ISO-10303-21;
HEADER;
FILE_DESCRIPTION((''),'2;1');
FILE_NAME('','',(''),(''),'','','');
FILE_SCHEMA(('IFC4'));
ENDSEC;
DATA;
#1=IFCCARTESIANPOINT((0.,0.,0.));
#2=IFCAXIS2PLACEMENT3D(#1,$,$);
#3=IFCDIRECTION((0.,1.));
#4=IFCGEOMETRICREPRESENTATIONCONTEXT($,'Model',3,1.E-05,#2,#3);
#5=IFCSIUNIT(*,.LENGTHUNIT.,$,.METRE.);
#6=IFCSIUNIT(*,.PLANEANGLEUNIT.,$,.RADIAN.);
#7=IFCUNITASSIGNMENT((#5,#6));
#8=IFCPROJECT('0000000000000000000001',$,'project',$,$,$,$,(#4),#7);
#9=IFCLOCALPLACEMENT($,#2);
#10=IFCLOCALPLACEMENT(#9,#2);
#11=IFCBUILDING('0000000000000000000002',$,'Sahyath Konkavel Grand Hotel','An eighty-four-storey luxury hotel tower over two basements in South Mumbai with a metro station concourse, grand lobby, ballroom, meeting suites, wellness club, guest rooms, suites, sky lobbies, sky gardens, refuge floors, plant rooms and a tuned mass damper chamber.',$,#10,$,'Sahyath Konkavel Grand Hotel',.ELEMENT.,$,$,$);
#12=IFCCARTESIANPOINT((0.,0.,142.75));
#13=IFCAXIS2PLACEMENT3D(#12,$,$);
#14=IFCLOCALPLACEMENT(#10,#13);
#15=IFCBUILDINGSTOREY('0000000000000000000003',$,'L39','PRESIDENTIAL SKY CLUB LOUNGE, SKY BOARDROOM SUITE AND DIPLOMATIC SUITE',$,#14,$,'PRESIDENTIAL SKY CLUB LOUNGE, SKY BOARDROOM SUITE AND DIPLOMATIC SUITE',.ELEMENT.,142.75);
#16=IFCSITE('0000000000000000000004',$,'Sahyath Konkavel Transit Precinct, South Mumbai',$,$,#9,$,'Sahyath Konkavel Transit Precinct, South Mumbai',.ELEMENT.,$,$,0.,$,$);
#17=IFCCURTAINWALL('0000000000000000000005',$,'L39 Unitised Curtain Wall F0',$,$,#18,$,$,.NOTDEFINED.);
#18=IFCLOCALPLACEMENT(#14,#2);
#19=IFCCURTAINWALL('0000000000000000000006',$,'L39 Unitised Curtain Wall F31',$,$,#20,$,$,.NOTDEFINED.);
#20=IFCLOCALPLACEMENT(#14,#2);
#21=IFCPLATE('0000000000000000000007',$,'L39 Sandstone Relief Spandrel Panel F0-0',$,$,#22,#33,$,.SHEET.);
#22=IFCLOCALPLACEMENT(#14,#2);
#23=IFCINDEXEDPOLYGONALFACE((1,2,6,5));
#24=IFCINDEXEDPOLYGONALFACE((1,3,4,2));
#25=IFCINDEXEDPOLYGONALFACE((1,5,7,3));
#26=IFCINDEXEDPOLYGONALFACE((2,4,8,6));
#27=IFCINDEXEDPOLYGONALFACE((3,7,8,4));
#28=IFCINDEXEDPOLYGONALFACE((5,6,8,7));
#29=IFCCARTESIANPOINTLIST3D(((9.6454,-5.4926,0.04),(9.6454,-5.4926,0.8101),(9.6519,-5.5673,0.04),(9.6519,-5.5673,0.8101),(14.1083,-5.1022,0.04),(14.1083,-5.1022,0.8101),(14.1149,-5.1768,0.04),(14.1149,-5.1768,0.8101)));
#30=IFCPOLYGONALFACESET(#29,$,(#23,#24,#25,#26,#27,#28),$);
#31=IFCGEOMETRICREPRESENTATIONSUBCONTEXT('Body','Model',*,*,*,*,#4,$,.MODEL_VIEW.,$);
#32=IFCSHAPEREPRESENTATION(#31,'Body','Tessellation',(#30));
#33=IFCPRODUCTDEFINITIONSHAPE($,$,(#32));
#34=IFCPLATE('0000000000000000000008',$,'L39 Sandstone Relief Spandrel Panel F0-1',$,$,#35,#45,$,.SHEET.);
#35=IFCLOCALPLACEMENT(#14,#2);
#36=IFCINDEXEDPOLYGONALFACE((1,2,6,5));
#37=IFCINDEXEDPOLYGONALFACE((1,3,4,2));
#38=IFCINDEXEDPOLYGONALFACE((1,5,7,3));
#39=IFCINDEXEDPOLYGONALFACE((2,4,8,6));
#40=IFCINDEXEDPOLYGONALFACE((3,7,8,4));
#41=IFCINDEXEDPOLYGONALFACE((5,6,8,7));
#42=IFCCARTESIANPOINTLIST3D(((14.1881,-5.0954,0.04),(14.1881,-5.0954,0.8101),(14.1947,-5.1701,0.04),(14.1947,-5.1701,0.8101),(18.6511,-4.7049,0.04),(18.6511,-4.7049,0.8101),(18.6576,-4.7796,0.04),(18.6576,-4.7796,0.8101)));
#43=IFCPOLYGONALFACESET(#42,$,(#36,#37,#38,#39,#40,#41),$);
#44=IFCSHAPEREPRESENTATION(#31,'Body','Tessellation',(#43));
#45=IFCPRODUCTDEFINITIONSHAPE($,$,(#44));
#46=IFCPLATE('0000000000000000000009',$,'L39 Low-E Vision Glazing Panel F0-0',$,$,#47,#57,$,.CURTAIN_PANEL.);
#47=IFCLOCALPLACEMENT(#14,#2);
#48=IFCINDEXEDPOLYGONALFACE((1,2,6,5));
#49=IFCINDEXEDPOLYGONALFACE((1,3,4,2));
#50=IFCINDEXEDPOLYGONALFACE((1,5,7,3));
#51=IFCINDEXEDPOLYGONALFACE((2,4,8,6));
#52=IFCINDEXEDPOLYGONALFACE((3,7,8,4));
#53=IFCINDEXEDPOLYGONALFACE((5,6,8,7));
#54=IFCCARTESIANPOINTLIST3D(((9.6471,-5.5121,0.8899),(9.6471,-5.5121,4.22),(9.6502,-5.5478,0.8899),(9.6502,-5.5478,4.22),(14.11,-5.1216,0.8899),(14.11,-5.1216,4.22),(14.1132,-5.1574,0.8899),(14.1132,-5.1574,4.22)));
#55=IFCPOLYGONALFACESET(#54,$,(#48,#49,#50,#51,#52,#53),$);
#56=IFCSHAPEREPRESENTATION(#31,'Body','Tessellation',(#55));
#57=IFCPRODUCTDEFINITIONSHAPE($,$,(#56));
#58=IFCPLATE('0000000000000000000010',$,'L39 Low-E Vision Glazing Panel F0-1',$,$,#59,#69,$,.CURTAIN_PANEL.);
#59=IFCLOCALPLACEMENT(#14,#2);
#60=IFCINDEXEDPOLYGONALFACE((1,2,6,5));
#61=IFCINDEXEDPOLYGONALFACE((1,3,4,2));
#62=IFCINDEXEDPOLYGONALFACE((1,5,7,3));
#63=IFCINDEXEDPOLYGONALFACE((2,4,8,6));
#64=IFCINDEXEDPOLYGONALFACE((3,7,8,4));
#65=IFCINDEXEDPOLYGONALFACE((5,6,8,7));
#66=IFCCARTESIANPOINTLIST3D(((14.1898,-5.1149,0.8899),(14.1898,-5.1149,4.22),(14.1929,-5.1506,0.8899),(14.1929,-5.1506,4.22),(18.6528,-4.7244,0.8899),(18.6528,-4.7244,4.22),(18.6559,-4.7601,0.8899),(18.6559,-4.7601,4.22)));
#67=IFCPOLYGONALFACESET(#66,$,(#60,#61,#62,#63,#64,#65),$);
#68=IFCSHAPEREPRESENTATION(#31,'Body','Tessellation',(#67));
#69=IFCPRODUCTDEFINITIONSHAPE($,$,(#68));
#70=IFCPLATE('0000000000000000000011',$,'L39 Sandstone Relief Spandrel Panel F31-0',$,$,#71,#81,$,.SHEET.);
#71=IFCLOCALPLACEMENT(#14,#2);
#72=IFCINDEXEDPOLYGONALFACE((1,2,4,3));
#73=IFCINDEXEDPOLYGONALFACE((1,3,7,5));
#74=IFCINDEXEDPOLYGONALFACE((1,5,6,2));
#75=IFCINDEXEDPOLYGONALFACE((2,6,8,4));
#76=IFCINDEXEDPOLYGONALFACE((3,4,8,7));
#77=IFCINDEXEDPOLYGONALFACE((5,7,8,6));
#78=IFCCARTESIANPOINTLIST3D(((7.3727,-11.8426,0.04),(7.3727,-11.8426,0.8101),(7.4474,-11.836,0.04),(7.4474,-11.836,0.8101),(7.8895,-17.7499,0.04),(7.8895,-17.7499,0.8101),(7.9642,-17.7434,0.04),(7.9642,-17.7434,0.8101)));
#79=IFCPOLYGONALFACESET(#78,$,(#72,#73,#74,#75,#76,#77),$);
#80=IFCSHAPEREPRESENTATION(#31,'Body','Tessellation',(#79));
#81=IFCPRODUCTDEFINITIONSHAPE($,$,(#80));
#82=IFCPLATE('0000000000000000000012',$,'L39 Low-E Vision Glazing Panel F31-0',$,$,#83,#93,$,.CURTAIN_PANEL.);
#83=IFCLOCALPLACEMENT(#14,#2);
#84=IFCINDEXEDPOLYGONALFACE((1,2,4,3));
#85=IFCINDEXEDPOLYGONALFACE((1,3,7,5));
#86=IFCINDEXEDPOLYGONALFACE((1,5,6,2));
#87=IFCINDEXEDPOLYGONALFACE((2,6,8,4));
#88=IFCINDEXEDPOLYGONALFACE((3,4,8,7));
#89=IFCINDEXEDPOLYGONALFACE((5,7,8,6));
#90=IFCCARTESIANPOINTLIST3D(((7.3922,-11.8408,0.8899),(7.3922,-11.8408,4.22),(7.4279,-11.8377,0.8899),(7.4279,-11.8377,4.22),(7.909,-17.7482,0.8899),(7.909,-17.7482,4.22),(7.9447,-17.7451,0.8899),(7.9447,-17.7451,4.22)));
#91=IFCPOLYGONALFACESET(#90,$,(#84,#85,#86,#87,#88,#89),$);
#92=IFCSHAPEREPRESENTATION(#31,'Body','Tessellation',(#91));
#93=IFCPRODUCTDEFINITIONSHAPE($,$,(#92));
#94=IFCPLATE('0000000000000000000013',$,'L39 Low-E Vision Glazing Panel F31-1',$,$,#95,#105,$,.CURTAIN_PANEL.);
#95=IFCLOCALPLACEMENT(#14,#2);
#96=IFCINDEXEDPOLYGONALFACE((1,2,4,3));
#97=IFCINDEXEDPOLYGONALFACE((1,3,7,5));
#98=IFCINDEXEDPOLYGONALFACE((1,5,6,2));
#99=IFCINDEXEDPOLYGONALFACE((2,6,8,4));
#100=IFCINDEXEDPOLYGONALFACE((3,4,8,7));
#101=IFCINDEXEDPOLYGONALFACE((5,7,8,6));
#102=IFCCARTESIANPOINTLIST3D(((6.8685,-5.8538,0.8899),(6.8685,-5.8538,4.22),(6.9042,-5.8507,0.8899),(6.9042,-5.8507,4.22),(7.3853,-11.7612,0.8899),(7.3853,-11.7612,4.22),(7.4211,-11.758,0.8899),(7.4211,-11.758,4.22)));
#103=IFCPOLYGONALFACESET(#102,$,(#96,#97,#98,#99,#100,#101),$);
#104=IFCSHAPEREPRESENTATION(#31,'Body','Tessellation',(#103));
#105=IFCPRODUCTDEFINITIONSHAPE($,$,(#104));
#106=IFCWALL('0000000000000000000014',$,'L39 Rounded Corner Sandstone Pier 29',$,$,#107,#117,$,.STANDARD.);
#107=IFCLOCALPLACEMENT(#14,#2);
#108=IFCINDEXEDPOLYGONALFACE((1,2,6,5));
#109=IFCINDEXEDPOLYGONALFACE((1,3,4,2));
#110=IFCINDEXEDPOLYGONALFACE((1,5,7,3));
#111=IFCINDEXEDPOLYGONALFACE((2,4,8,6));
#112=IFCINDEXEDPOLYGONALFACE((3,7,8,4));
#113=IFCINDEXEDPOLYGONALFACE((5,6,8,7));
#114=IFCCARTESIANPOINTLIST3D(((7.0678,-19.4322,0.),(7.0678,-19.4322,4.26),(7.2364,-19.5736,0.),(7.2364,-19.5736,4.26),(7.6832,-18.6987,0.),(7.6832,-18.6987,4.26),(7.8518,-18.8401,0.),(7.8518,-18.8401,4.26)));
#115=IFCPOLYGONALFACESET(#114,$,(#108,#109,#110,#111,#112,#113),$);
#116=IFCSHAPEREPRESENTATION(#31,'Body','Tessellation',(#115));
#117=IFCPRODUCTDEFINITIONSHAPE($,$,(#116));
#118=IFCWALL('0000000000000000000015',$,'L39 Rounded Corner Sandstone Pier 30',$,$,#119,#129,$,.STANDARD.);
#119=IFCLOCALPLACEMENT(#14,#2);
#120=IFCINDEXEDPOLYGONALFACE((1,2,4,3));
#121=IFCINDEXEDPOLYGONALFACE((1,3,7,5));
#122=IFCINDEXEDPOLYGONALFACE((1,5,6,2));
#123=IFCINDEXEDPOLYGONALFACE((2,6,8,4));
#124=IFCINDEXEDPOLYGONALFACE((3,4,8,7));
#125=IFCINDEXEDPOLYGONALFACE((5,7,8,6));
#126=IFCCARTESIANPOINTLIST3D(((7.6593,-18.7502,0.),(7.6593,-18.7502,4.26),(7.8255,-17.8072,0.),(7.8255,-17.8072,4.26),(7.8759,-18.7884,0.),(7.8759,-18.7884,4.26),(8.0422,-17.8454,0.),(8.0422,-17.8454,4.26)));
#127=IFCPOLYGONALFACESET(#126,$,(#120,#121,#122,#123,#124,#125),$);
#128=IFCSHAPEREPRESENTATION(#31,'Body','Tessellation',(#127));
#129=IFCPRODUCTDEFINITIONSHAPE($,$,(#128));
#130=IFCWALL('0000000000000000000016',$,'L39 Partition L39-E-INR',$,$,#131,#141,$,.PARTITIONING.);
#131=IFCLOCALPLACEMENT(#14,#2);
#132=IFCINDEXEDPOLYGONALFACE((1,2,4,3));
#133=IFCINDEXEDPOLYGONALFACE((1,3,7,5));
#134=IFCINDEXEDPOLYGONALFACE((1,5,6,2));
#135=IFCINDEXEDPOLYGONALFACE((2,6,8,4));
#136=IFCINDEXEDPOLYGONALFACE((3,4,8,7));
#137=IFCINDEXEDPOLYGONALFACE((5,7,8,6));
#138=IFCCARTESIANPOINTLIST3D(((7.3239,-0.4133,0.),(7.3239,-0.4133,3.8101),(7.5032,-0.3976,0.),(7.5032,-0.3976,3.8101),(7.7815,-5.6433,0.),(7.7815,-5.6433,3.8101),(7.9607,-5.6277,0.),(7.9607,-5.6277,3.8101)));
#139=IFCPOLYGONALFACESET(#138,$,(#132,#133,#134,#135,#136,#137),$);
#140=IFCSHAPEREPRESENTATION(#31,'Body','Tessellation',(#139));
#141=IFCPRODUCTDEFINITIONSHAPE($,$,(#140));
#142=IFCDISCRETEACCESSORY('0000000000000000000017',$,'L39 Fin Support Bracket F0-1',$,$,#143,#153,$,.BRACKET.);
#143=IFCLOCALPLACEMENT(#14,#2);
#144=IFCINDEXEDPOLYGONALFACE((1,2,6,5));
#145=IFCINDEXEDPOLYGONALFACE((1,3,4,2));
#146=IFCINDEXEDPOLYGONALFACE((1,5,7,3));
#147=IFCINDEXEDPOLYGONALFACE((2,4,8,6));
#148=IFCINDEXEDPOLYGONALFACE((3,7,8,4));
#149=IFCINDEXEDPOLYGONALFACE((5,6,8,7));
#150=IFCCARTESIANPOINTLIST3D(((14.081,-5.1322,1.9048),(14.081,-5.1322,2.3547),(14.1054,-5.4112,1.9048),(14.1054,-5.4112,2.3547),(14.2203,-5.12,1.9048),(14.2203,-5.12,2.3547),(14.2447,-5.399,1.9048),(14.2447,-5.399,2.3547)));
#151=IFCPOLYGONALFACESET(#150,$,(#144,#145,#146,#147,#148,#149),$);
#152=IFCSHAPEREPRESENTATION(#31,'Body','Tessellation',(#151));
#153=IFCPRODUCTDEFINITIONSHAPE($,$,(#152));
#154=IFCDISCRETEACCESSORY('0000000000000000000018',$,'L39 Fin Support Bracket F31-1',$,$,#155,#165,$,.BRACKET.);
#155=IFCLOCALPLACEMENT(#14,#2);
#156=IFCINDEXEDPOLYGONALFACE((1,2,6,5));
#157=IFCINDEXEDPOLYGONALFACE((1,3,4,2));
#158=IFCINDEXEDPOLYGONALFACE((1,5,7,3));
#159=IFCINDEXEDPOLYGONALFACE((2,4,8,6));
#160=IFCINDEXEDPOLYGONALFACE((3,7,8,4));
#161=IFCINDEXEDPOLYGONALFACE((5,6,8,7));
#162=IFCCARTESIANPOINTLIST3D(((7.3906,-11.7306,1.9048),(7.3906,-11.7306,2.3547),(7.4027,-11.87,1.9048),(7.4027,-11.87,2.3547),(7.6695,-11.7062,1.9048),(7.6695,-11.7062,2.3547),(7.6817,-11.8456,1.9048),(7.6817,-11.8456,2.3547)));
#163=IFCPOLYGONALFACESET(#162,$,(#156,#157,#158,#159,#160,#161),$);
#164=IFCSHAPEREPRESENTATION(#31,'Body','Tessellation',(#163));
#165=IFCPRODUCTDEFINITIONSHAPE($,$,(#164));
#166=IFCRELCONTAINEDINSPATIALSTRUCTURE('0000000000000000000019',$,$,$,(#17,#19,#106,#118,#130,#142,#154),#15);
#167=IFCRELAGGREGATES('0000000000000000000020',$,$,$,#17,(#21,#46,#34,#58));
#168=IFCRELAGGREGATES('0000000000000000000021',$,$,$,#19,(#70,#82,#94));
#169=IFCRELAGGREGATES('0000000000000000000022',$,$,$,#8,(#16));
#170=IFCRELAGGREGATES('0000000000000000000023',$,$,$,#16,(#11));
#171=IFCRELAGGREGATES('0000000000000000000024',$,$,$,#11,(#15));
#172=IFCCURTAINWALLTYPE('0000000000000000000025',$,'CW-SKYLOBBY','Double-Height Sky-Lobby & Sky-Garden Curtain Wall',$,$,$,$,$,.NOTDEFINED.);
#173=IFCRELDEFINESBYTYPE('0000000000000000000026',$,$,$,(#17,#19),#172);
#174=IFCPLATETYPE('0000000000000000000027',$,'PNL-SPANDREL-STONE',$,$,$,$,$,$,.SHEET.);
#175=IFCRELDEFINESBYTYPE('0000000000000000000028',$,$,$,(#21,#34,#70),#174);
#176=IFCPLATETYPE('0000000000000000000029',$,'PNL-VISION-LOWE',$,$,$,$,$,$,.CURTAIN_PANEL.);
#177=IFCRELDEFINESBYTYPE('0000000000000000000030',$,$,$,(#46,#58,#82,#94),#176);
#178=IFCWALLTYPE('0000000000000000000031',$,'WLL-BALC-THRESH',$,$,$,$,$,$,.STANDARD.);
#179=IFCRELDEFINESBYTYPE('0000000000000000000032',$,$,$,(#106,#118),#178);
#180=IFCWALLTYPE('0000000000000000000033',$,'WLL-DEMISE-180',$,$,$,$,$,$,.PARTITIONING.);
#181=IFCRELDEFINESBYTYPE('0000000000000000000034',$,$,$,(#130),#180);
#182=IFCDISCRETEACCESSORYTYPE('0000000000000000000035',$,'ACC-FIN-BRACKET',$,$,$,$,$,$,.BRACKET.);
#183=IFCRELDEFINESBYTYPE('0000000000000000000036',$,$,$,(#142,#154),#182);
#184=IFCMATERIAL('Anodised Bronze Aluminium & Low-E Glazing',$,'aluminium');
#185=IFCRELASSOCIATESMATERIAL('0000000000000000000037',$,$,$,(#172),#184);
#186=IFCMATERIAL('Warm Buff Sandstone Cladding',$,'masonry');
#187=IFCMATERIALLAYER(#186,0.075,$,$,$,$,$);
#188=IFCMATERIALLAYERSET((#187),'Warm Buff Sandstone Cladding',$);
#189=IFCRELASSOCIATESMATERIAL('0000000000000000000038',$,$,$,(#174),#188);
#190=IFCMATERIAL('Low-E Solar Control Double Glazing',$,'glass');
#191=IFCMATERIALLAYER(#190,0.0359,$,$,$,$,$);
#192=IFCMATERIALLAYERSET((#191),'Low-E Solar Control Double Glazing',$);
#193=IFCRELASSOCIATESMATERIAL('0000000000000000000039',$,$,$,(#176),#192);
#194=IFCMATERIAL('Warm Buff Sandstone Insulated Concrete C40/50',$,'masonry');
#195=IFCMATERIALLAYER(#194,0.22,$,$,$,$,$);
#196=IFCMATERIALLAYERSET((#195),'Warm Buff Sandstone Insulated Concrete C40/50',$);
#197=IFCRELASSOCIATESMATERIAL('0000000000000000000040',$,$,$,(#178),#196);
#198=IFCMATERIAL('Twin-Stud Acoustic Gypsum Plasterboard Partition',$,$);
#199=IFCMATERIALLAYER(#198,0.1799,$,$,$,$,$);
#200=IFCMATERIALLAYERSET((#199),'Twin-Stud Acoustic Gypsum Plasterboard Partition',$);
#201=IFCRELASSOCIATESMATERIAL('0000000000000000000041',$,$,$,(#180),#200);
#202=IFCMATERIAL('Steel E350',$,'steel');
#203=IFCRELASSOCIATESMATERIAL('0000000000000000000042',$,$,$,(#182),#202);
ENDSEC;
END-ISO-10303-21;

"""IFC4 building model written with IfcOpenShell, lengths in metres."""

from ifc_helpers import new_model, si_unit, direction, frame, frame_2d, origin, origin_2d, place, context, subcontext, project, spatial, rectangle, extrude, source, transform, mapped, material, layer, layer_set, type_object, element, aggregate, save


model = new_model("IFC4")

# Units and contexts
model_context = context("Model", 3, precision=1e-05, world=origin(), true_north=direction((0.0, 1.0)))
body_context = subcontext(model_context, "Body", "Model", "MODEL_VIEW")
ifc_project = project(units=[si_unit("LENGTHUNIT", "METRE"), si_unit("PLANEANGLEUNIT", "RADIAN")], contexts=[model_context])

# Site, building, storey
site_placement = place(None, origin())
site = spatial("IfcSite", under=ifc_project, at=site_placement, Name="Sahyath Konkavel Transit Precinct, South Mumbai", LongName="Sahyath Konkavel Transit Precinct, South Mumbai", CompositionType="ELEMENT", RefElevation=0.0)
building_placement = place(site_placement, origin())
building = spatial("IfcBuilding", under=site, at=building_placement, Name="Sahyath Konkavel Grand Hotel", Description="An eighty-four-storey luxury hotel tower over two basements in South Mumbai with a metro station concourse, grand lobby, ballroom, meeting suites, wellness club, guest rooms, suites, sky lobbies, sky gardens, refuge floors, plant rooms and a tuned mass damper chamber.", LongName="Sahyath Konkavel Grand Hotel", CompositionType="ELEMENT")
storey_placement = place(building_placement, frame((0.0, 0.0, 142.75)))
storey = spatial("IfcBuildingStorey", under=building, at=storey_placement, Name="L39", Description="PRESIDENTIAL SKY CLUB LOUNGE, SKY BOARDROOM SUITE AND DIPLOMATIC SUITE", LongName="PRESIDENTIAL SKY CLUB LOUNGE, SKY BOARDROOM SUITE AND DIPLOMATIC SUITE", CompositionType="ELEMENT", Elevation=142.75)

# Curtain walls
ifc_material_1 = material(Name="Anodised Bronze Aluminium & Low-E Glazing", Category="aluminium")
curtain_wall_type = type_object("IfcCurtainWallType", Name="CW-SKYLOBBY", Description="Double-Height Sky-Lobby & Sky-Garden Curtain Wall", PredefinedType="NOTDEFINED", material=ifc_material_1)
curtain_wall_1_placement = place(storey_placement, origin())
curtain_wall_1 = element("IfcCurtainWall", 1, at=curtain_wall_1_placement, inside=storey, type_object=curtain_wall_type, Name="L39 Unitised Curtain Wall F0", PredefinedType="NOTDEFINED")
curtain_wall_2_placement = place(storey_placement, origin())
curtain_wall_2 = element("IfcCurtainWall", 2, at=curtain_wall_2_placement, inside=storey, type_object=curtain_wall_type, Name="L39 Unitised Curtain Wall F31", PredefinedType="NOTDEFINED")

# Plates
ifc_material_2 = material(Name="Warm Buff Sandstone Cladding", Category="masonry")
ifc_layer_1 = layer(ifc_material_2, 0.075)
ifc_layer_set_1 = layer_set([ifc_layer_1], Name="Warm Buff Sandstone Cladding")
plate_type_1 = type_object("IfcPlateType", Name="PNL-SPANDREL-STONE", PredefinedType="SHEET", material=ifc_layer_set_1)
shared_shape_1 = source(origin(), body_context, "Body", "SweptSolid", [
    extrude(rectangle(XDim=4.48, YDim=0.075, at=origin_2d()), origin(), (0.0, 0.0, 1.0), 0.77),
])
plate_1_placement = place(storey_placement, frame((11.8801, -5.3347, 0.04), z_axis=(0.0, 0.0, 1.0), x_axis=(0.996195, 0.087156, 0.0)))
plate_1 = element("IfcPlate", 3, at=plate_1_placement, type_object=plate_type_1, Name="L39 Sandstone Relief Spandrel Panel F0-0", PredefinedType="SHEET", context=body_context, shape_type="MappedRepresentation", body=[
    mapped(shared_shape_1, transform((0.0, 0.0, 0.0), scale=1.0)),
])
plate_2_placement = place(storey_placement, frame((16.4229, -4.9375, 0.04), z_axis=(0.0, 0.0, 1.0), x_axis=(0.996195, 0.087156, 0.0)))
plate_2 = element("IfcPlate", 4, at=plate_2_placement, type_object=plate_type_1, Name="L39 Sandstone Relief Spandrel Panel F0-1", PredefinedType="SHEET", context=body_context, shape_type="MappedRepresentation", body=[
    mapped(shared_shape_1, transform((0.0, 0.0, 0.0), scale=1.0)),
])
ifc_material_3 = material(Name="Low-E Solar Control Double Glazing", Category="glass")
ifc_layer_2 = layer(ifc_material_3, 0.0359)
ifc_layer_set_2 = layer_set([ifc_layer_2], Name="Low-E Solar Control Double Glazing")
plate_type_2 = type_object("IfcPlateType", Name="PNL-VISION-LOWE", PredefinedType="CURTAIN_PANEL", material=ifc_layer_set_2)
shared_shape_2 = source(origin(), body_context, "Body", "SweptSolid", [
    extrude(rectangle(XDim=4.48, YDim=0.0359, at=origin_2d()), origin(), (0.0, 0.0, 1.0), 3.3301),
])
plate_3_placement = place(storey_placement, frame((11.8801, -5.3347, 0.8899), z_axis=(0.0, 0.0, 1.0), x_axis=(0.996195, 0.087156, 0.0)))
plate_3 = element("IfcPlate", 5, at=plate_3_placement, type_object=plate_type_2, Name="L39 Low-E Vision Glazing Panel F0-0", PredefinedType="CURTAIN_PANEL", context=body_context, shape_type="MappedRepresentation", body=[
    mapped(shared_shape_2, transform((0.0, 0.0, 0.0), scale=1.0)),
])
plate_4_placement = place(storey_placement, frame((16.4229, -4.9375, 0.8899), z_axis=(0.0, 0.0, 1.0), x_axis=(0.996195, 0.087156, 0.0)))
plate_4 = element("IfcPlate", 6, at=plate_4_placement, type_object=plate_type_2, Name="L39 Low-E Vision Glazing Panel F0-1", PredefinedType="CURTAIN_PANEL", context=body_context, shape_type="MappedRepresentation", body=[
    mapped(shared_shape_2, transform((0.0, 0.0, 0.0), scale=1.0)),
])
aggregate(curtain_wall_1, [plate_1, plate_3, plate_2, plate_4])
shared_shape_3 = source(origin(), body_context, "Body", "SweptSolid", [
    extrude(rectangle(XDim=5.9299, YDim=0.075, at=origin_2d()), origin(), (0.0, 0.0, 1.0), 0.77),
])
plate_5_placement = place(storey_placement, frame((7.6685, -14.793, 0.04), z_axis=(0.0, 0.0, 1.0), x_axis=(-0.087156, 0.996195, 0.0)))
plate_5 = element("IfcPlate", 7, at=plate_5_placement, type_object=plate_type_1, Name="L39 Sandstone Relief Spandrel Panel F31-0", PredefinedType="SHEET", context=body_context, shape_type="MappedRepresentation", body=[
    mapped(shared_shape_3, transform((0.0, 0.0, 0.0), scale=1.0)),
])
shared_shape_4 = source(origin(), body_context, "Body", "SweptSolid", [
    extrude(rectangle(XDim=5.9299, YDim=0.0359, at=origin_2d()), origin(), (0.0, 0.0, 1.0), 3.3301),
])
plate_6_placement = place(storey_placement, frame((7.6685, -14.793, 0.8899), z_axis=(0.0, 0.0, 1.0), x_axis=(-0.087156, 0.996195, 0.0)))
plate_6 = element("IfcPlate", 8, at=plate_6_placement, type_object=plate_type_2, Name="L39 Low-E Vision Glazing Panel F31-0", PredefinedType="CURTAIN_PANEL", context=body_context, shape_type="MappedRepresentation", body=[
    mapped(shared_shape_4, transform((0.0, 0.0, 0.0), scale=1.0)),
])
plate_7_placement = place(storey_placement, frame((7.1448, -8.8059, 0.8899), z_axis=(0.0, 0.0, 1.0), x_axis=(-0.087156, 0.996195, 0.0)))
plate_7 = element("IfcPlate", 9, at=plate_7_placement, type_object=plate_type_2, Name="L39 Low-E Vision Glazing Panel F31-1", PredefinedType="CURTAIN_PANEL", context=body_context, shape_type="MappedRepresentation", body=[
    mapped(shared_shape_4, transform((0.0, 0.0, 0.0), scale=1.0)),
])
aggregate(curtain_wall_2, [plate_5, plate_6, plate_7])

# Walls
ifc_material_4 = material(Name="Warm Buff Sandstone Insulated Concrete C40/50", Category="masonry")
ifc_layer_3 = layer(ifc_material_4, 0.22)
ifc_layer_set_3 = layer_set([ifc_layer_3], Name="Warm Buff Sandstone Insulated Concrete C40/50")
wall_type_1 = type_object("IfcWallType", Name="WLL-BALC-THRESH", PredefinedType="STANDARD", material=ifc_layer_set_3)
for number, where, z_axis, x_axis, name in (
    (10, (7.1521, -19.5029, 0.0), (0.0, 0.0, 1.0), (0.642714, 0.766107, 0.0), "L39 Rounded Corner Sandstone Pier 29"),
    (11, (7.7676, -18.7693, 0.0), (0.0, 0.0, 1.0), (0.173654, 0.984807, 0.0), "L39 Rounded Corner Sandstone Pier 30"),
):
    element("IfcWall", number, at=place(storey_placement, frame(where, z_axis=z_axis, x_axis=x_axis)), inside=storey, type_object=wall_type_1, Name=name, PredefinedType="STANDARD", context=body_context, shape_type="SweptSolid", body=[
        extrude(rectangle(XDim=0.9575, YDim=0.22, at=frame_2d((0.4788, 0.0))), origin(), (0.0, 0.0, 1.0), 4.26),
    ])
ifc_material_5 = material(Name="Twin-Stud Acoustic Gypsum Plasterboard Partition")
ifc_layer_4 = layer(ifc_material_5, 0.1799)
ifc_layer_set_4 = layer_set([ifc_layer_4], Name="Twin-Stud Acoustic Gypsum Plasterboard Partition")
wall_type_2 = type_object("IfcWallType", Name="WLL-DEMISE-180", PredefinedType="PARTITIONING", material=ifc_layer_set_4)
wall_placement = place(storey_placement, frame((7.8711, -5.6355, 0.0), z_axis=(0.0, 0.0, 1.0), x_axis=(-0.087147, 0.996195, 0.0)))
element("IfcWall", 12, at=wall_placement, inside=storey, type_object=wall_type_2, Name="L39 Partition L39-E-INR", PredefinedType="PARTITIONING", context=body_context, shape_type="SweptSolid", body=[
    extrude(rectangle(XDim=5.25, YDim=0.1799, at=frame_2d((2.625, 0.0))), origin(), (0.0, 0.0, 1.0), 3.8101),
])

# Discrete accessories
ifc_material_6 = material(Name="Steel E350", Category="steel")
discrete_accessory_type = type_object("IfcDiscreteAccessoryType", Name="ACC-FIN-BRACKET", PredefinedType="BRACKET", material=ifc_material_6)
shared_shape_5 = source(origin(), body_context, "Body", "SweptSolid", [
    extrude(rectangle(XDim=0.28, YDim=0.1399, at=origin_2d()), origin(), (0.0, 0.0, 1.0), 0.45),
])
for number, where, z_axis, x_axis, name in (
    (13, (14.1628, -5.2656, 1.9048), (0.0, 0.0, 1.0), (0.087156, -0.996195, 0.0), "L39 Fin Support Bracket F0-1"),
    (14, (7.5361, -11.7881, 1.9048), (0.0, 0.0, 1.0), (0.996195, 0.087156, 0.0), "L39 Fin Support Bracket F31-1"),
):
    element("IfcDiscreteAccessory", number, at=place(storey_placement, frame(where, z_axis=z_axis, x_axis=x_axis)), inside=storey, type_object=discrete_accessory_type, Name=name, PredefinedType="BRACKET", context=body_context, shape_type="MappedRepresentation", body=[
        mapped(shared_shape_5, transform((0.0, 0.0, 0.0), scale=1.0)),
    ])

save(model, "model.ifc")
